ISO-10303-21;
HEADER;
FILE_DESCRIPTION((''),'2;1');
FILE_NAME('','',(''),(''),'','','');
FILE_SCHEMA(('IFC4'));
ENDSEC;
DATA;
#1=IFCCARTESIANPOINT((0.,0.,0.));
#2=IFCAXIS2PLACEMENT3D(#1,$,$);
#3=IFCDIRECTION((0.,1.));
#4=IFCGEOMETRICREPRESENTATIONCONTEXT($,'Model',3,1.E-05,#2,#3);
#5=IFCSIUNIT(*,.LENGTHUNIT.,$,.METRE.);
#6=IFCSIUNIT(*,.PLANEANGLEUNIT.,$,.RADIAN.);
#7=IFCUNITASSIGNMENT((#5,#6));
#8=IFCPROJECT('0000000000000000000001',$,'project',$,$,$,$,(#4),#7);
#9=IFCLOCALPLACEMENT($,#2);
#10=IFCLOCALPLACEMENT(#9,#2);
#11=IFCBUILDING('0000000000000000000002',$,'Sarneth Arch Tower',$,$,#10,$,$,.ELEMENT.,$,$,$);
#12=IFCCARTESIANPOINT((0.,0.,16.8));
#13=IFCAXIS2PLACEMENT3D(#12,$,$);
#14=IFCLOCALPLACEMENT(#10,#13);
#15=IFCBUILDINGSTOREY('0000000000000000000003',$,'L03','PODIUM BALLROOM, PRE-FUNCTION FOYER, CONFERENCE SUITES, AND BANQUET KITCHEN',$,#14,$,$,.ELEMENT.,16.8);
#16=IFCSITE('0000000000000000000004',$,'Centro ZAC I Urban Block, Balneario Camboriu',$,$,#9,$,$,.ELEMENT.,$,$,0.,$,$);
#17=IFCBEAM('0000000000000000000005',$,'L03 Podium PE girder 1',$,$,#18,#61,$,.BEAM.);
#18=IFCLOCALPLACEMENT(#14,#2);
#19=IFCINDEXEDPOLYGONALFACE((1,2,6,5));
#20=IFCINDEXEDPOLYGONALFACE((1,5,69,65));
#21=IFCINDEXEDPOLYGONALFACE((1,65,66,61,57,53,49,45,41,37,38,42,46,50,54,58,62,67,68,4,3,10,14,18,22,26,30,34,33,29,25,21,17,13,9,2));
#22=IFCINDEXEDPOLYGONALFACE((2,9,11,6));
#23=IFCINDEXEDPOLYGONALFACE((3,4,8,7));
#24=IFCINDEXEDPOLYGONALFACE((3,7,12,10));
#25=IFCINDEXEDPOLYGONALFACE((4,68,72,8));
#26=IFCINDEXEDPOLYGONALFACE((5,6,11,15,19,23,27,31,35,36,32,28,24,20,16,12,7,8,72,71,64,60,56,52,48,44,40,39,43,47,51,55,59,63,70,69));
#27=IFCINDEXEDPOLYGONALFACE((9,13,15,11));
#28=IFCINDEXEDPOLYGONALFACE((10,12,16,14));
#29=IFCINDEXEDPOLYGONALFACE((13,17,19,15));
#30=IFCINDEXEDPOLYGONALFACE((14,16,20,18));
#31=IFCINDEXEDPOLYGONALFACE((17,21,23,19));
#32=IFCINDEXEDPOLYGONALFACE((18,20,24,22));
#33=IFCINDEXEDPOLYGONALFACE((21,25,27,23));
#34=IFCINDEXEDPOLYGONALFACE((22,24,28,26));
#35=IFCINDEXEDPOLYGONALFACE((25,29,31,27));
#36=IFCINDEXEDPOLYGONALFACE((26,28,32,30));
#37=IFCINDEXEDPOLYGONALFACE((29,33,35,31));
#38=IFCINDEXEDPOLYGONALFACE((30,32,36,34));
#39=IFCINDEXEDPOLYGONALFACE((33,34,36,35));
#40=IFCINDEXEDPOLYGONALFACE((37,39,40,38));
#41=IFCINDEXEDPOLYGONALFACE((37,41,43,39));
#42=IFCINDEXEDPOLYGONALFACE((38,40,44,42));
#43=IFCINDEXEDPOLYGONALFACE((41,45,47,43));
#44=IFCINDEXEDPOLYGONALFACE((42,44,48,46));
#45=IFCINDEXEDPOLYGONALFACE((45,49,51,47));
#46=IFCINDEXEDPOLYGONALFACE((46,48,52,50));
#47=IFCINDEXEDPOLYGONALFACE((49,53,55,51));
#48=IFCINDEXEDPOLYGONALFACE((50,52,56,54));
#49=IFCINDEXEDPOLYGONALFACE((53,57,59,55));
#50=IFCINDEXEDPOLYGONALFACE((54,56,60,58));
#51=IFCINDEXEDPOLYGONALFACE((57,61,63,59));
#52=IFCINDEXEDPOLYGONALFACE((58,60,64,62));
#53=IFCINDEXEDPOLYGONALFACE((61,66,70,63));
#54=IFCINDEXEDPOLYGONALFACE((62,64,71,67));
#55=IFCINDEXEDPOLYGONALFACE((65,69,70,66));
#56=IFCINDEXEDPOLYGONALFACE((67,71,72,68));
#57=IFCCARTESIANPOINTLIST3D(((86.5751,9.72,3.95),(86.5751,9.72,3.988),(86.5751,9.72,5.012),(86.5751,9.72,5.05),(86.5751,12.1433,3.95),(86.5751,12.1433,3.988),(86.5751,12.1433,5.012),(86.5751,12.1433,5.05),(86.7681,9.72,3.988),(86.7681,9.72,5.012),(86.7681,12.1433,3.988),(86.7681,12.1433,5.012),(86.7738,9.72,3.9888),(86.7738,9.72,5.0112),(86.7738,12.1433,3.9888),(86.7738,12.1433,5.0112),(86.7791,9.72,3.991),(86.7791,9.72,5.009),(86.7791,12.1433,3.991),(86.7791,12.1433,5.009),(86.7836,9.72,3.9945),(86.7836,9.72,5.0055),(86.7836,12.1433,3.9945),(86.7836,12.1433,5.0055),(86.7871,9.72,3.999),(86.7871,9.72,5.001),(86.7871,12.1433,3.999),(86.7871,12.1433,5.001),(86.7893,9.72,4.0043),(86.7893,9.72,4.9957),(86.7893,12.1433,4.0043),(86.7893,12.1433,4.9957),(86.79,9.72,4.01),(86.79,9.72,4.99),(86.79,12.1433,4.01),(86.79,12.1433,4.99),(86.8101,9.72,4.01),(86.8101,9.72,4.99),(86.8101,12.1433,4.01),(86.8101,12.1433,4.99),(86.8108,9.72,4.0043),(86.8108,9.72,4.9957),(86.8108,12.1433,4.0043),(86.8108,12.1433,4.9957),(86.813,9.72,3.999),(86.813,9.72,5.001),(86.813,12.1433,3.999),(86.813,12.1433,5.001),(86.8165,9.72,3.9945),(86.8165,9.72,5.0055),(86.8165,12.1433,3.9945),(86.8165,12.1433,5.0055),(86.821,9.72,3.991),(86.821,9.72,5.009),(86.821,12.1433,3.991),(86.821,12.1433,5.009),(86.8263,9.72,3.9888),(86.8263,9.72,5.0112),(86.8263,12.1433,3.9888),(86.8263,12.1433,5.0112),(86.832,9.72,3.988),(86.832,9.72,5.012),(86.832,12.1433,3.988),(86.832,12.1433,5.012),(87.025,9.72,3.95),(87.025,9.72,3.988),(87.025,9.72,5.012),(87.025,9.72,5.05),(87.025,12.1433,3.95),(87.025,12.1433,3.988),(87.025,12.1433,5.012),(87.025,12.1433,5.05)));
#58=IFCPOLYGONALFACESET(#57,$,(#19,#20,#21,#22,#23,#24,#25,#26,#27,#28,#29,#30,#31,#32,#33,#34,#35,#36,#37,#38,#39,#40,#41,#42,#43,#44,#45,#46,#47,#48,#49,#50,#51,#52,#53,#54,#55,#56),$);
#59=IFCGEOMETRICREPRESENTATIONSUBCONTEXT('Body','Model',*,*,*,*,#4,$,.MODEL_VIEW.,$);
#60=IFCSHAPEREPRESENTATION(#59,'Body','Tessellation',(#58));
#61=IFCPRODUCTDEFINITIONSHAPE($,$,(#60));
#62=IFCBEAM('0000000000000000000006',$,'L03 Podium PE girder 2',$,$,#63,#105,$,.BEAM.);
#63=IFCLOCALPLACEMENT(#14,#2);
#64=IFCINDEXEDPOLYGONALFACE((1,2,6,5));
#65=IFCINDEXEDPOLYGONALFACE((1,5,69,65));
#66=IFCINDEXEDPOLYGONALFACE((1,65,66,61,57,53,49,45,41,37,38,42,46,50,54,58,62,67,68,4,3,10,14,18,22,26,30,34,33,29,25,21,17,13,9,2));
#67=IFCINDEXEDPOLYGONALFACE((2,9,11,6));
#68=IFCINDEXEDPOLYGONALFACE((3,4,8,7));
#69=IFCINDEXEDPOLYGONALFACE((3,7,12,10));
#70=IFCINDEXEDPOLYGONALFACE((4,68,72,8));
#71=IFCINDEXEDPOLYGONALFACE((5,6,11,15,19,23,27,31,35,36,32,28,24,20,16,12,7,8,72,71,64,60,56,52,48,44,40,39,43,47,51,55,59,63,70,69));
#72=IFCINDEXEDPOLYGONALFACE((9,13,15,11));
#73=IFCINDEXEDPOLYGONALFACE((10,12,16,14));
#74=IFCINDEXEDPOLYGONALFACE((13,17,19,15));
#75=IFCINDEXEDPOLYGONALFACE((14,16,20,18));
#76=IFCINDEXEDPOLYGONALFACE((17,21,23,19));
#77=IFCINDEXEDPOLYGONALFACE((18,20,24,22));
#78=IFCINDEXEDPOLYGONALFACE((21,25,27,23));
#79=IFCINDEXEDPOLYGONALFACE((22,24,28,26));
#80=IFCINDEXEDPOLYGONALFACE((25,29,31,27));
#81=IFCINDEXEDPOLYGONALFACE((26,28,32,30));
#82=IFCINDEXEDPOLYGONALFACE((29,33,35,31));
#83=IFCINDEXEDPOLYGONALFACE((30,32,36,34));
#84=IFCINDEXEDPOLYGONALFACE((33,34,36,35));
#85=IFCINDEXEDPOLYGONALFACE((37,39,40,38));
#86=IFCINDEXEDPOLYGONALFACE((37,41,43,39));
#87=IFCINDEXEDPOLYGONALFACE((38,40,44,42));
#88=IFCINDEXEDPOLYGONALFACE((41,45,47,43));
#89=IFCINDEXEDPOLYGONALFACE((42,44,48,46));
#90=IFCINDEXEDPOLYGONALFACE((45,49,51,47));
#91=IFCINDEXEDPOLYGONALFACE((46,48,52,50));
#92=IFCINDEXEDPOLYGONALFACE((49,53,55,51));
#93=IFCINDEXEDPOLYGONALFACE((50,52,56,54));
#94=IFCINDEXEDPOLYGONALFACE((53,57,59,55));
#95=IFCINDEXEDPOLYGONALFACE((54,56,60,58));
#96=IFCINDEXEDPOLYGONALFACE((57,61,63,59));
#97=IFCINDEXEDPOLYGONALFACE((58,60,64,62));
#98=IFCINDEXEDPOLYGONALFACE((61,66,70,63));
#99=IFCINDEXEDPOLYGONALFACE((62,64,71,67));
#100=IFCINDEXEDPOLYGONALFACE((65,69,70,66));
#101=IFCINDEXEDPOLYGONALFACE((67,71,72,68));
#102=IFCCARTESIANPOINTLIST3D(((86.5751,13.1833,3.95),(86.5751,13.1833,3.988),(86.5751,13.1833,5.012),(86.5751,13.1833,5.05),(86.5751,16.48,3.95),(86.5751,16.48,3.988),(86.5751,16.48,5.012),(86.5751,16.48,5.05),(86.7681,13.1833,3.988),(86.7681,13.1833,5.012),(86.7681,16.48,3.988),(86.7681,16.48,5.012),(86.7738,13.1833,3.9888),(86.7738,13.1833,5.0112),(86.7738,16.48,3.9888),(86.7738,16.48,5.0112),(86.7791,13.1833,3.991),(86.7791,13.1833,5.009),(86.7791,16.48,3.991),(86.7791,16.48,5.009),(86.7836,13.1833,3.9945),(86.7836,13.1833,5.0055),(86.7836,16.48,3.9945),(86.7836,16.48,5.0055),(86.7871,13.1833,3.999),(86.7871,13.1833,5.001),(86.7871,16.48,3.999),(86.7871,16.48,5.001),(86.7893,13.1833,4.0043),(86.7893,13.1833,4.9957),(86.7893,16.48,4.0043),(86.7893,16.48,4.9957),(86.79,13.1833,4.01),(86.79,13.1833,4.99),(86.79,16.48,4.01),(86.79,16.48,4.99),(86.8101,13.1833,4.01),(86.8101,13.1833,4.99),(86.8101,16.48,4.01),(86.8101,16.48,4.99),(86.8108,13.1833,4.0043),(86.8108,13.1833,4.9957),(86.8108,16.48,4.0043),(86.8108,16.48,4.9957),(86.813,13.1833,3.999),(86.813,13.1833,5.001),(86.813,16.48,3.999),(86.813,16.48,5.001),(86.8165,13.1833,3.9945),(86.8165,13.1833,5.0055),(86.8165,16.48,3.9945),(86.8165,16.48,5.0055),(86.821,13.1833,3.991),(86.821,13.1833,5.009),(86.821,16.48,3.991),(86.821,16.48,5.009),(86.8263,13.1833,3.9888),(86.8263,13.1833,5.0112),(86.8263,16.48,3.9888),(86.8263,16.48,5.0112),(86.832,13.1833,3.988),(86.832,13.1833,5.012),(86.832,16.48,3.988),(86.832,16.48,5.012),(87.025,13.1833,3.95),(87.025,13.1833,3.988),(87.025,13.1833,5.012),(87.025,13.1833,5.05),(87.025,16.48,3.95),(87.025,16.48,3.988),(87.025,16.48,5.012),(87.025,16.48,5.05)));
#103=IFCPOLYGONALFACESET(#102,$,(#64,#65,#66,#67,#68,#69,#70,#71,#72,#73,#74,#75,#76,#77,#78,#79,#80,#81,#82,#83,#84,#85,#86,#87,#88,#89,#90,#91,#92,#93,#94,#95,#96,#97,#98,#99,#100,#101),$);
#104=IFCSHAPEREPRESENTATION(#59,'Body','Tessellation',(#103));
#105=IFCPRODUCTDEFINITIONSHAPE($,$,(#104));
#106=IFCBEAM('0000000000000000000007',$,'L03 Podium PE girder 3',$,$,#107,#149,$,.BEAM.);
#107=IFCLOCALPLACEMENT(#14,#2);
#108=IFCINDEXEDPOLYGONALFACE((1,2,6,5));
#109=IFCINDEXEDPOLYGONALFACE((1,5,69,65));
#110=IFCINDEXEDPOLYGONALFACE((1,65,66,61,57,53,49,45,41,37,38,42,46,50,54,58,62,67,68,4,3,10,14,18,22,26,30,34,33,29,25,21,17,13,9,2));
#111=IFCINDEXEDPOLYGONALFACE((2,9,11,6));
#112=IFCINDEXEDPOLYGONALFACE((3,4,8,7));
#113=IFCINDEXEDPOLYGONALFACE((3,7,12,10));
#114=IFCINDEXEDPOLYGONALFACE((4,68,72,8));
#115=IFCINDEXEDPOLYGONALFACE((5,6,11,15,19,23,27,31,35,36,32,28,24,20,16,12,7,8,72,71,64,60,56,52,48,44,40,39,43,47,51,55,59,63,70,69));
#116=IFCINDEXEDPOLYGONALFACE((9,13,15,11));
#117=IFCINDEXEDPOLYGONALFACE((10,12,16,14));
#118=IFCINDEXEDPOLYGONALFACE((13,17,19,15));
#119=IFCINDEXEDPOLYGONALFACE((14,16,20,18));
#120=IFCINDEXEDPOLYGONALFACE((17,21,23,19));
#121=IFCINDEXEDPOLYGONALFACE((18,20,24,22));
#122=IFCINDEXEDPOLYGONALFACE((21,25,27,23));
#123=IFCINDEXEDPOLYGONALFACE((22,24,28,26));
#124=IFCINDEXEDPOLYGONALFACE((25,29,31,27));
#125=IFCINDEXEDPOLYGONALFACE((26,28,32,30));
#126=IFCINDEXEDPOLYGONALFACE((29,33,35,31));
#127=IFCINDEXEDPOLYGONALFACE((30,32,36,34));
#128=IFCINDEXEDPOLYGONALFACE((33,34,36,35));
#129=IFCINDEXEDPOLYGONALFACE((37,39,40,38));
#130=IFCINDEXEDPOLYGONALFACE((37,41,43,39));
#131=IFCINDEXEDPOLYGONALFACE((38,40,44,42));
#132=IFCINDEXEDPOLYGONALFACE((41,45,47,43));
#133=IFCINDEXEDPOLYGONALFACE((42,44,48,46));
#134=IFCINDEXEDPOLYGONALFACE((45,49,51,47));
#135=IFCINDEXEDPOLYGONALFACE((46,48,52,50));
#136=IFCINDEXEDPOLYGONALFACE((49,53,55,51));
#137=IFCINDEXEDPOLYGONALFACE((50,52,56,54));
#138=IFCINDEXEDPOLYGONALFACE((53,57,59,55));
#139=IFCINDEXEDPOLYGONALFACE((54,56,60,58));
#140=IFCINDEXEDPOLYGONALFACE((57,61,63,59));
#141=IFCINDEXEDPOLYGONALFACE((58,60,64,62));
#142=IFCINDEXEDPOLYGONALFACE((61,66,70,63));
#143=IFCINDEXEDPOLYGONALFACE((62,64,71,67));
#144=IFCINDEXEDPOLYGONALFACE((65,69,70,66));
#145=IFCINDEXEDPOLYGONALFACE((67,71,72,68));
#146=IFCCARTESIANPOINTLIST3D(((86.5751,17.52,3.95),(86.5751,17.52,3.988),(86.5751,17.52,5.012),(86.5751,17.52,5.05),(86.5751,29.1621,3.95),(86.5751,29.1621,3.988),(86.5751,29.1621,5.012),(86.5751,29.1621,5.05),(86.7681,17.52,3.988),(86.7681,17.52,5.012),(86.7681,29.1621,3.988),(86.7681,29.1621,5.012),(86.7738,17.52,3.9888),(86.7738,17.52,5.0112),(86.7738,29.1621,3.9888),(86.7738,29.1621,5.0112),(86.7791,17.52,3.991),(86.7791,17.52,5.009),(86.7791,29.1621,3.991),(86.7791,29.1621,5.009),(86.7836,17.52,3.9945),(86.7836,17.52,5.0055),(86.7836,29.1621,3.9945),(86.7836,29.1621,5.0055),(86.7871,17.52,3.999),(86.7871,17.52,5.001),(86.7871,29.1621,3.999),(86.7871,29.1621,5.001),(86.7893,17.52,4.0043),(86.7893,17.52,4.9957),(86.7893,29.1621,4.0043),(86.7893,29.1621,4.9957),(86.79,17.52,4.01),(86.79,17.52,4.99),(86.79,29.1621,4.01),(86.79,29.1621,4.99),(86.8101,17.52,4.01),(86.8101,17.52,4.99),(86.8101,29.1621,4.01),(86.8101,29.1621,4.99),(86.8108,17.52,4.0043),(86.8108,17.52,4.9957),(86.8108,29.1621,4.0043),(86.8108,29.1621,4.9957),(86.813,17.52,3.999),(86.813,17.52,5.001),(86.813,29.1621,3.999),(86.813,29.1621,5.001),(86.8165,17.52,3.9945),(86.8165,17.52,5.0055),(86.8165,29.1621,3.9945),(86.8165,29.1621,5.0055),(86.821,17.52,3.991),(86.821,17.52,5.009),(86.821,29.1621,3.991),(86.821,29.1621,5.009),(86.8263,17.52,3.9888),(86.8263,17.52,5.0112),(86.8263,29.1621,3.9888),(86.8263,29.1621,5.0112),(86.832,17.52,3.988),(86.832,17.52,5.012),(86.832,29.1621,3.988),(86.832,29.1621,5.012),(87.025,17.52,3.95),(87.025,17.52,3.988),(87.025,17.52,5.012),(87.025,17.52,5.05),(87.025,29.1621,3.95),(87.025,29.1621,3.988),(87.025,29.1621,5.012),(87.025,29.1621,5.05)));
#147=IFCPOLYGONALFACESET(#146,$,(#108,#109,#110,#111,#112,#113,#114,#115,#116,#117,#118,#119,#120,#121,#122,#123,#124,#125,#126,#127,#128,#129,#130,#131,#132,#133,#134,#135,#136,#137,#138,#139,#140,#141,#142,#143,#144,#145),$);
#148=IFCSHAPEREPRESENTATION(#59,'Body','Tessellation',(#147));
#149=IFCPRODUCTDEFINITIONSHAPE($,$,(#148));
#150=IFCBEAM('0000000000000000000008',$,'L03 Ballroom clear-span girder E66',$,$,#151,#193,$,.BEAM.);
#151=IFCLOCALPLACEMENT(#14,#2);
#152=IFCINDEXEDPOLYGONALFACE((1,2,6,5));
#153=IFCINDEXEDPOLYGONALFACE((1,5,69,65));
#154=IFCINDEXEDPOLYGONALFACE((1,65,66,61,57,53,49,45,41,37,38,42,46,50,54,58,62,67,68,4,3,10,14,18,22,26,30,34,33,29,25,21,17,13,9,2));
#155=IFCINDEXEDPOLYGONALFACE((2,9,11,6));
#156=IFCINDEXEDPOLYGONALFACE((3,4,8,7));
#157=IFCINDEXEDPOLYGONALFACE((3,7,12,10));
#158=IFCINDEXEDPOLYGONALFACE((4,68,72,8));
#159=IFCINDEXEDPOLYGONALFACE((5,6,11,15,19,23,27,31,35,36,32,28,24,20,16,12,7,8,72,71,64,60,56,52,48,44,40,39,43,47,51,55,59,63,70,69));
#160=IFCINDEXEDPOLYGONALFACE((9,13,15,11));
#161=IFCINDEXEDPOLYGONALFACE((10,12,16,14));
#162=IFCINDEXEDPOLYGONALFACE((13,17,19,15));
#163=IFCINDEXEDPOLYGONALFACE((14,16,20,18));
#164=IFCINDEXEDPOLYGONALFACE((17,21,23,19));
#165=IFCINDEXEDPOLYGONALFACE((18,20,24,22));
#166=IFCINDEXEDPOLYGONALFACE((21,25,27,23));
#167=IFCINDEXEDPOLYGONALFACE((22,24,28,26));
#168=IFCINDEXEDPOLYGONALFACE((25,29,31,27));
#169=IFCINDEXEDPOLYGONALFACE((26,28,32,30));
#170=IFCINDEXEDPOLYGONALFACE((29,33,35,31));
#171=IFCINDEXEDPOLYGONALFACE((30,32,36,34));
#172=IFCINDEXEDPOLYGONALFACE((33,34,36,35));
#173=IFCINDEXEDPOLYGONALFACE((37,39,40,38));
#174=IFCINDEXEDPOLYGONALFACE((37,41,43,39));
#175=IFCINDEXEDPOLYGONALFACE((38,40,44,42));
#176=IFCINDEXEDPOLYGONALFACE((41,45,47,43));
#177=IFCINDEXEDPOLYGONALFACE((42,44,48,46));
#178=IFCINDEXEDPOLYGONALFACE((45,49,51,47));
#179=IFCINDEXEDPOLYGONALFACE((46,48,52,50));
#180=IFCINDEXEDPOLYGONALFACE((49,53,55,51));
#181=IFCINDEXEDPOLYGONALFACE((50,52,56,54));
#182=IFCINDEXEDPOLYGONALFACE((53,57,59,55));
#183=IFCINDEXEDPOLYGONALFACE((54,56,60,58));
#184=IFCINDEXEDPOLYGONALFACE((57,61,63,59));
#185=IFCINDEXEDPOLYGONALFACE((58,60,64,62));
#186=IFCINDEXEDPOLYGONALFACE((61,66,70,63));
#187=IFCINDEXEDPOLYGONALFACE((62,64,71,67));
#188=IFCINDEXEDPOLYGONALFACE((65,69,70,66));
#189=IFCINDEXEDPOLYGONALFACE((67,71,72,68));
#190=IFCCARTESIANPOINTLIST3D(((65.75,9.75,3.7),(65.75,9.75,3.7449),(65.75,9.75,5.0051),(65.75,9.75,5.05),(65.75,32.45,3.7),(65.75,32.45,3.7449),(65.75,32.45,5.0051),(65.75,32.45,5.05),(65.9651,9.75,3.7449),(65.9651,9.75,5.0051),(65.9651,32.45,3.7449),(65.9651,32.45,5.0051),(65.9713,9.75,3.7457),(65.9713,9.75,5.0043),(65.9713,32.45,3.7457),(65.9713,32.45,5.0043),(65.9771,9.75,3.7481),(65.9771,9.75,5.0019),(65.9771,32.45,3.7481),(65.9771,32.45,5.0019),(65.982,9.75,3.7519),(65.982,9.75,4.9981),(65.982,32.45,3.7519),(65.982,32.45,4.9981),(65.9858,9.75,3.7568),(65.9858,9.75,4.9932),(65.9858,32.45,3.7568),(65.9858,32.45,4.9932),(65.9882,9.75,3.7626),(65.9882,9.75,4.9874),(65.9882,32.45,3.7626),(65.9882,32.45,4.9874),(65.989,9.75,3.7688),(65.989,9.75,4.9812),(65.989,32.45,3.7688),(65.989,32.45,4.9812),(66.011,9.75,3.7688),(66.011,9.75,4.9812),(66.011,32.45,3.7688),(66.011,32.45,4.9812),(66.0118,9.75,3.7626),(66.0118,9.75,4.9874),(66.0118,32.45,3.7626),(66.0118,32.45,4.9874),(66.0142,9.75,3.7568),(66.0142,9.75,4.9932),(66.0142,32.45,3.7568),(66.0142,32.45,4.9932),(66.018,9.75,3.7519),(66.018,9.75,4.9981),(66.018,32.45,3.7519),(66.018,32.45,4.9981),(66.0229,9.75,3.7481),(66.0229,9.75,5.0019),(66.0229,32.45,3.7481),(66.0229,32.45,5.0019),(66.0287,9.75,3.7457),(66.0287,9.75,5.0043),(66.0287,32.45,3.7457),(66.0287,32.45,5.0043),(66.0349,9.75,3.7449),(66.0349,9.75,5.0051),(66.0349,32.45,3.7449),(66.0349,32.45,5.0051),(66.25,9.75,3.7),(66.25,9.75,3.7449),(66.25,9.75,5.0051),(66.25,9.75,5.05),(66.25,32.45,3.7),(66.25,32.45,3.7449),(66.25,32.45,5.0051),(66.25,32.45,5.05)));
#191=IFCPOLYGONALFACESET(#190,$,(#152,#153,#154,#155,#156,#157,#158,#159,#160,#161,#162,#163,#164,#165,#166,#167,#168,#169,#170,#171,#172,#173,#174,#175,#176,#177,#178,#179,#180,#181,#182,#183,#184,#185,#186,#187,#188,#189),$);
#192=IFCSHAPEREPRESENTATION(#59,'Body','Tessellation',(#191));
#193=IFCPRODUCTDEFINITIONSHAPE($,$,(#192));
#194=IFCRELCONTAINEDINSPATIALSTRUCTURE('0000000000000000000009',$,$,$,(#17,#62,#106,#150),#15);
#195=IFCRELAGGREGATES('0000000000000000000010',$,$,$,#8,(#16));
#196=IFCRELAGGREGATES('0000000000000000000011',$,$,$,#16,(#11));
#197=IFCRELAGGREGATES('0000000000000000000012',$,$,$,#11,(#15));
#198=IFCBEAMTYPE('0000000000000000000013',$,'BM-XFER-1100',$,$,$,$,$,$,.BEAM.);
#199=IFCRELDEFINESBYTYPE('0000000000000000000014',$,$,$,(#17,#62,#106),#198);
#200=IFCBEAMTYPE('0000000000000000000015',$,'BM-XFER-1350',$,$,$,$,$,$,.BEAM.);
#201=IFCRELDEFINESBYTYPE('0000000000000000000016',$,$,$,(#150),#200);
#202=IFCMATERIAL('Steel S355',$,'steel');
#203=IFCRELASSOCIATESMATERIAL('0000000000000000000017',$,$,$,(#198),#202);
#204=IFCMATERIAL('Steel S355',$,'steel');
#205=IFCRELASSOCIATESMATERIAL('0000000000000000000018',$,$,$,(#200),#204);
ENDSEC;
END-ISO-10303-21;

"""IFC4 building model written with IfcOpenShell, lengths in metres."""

from ifc_helpers import new_model, si_unit, direction, frame, origin, origin_2d, place, context, subcontext, project, spatial, i_section, extrude, material, material_profile, profile_set, type_object, element, save


model = new_model("IFC4")

# Units and contexts
model_context = context("Model", 3, precision=1e-05, world=origin(), true_north=direction((0.0, 1.0)))
body_context = subcontext(model_context, "Body", "Model", "MODEL_VIEW")
ifc_project = project(units=[si_unit("LENGTHUNIT", "METRE"), si_unit("PLANEANGLEUNIT", "RADIAN")], contexts=[model_context])

# Site, building, storey
site_placement = place(None, origin())
site = spatial("IfcSite", under=ifc_project, at=site_placement, Name="Centro ZAC I Urban Block, Balneario Camboriu", CompositionType="ELEMENT", RefElevation=0.0)
building_placement = place(site_placement, origin())
building = spatial("IfcBuilding", under=site, at=building_placement, Name="Sarneth Arch Tower", CompositionType="ELEMENT")
storey_placement = place(building_placement, frame((0.0, 0.0, 16.8)))
storey = spatial("IfcBuildingStorey", under=building, at=storey_placement, Name="L03", Description="PODIUM BALLROOM, PRE-FUNCTION FOYER, CONFERENCE SUITES, AND BANQUET KITCHEN", CompositionType="ELEMENT", Elevation=16.8)

# Beams
ifc_material_1 = material(Name="Steel S355", Category="steel")
ifc_material_profile_1 = material_profile(ifc_material_1, i_section(OverallWidth=0.45, OverallDepth=1.1001, WebThickness=0.02, FlangeThickness=0.0381, FilletRadius=0.022, at=origin_2d()), Name="CVS1100x456")
ifc_profile_set_1 = profile_set([ifc_material_profile_1], Name="Steel S355")
beam_type_1 = type_object("IfcBeamType", Name="BM-XFER-1100", PredefinedType="BEAM", material=ifc_profile_set_1)
beam_1_placement = place(storey_placement, frame((86.8, 9.72, 4.5), z_axis=(0.0, 1.0, 0.0), x_axis=(-1.0, 0.0, 0.0)))
element("IfcBeam", 1, at=beam_1_placement, inside=storey, type_object=beam_type_1, Name="L03 Podium PE girder 1", PredefinedType="BEAM", context=body_context, shape_type="SweptSolid", body=[
    extrude(i_section(OverallWidth=0.45, OverallDepth=1.1001, WebThickness=0.02, FlangeThickness=0.0381, FilletRadius=0.022, at=origin_2d()), origin(), (0.0, 0.0, 1.0), 2.4233),
])
beam_2_placement = place(storey_placement, frame((86.8, 13.1833, 4.5), z_axis=(0.0, 1.0, 0.0), x_axis=(-1.0, 0.0, 0.0)))
element("IfcBeam", 2, at=beam_2_placement, inside=storey, type_object=beam_type_1, Name="L03 Podium PE girder 2", PredefinedType="BEAM", context=body_context, shape_type="SweptSolid", body=[
    extrude(i_section(OverallWidth=0.45, OverallDepth=1.1001, WebThickness=0.02, FlangeThickness=0.0381, FilletRadius=0.022, at=origin_2d()), origin(), (0.0, 0.0, 1.0), 3.2966),
])
beam_3_placement = place(storey_placement, frame((86.8, 17.52, 4.5), z_axis=(0.0, 1.0, 0.0), x_axis=(-1.0, 0.0, 0.0)))
element("IfcBeam", 3, at=beam_3_placement, inside=storey, type_object=beam_type_1, Name="L03 Podium PE girder 3", PredefinedType="BEAM", context=body_context, shape_type="SweptSolid", body=[
    extrude(i_section(OverallWidth=0.45, OverallDepth=1.1001, WebThickness=0.02, FlangeThickness=0.0381, FilletRadius=0.022, at=origin_2d()), origin(), (0.0, 0.0, 1.0), 11.6421),
])
ifc_material_2 = material(Name="Steel S355", Category="steel")
ifc_material_profile_2 = material_profile(ifc_material_2, i_section(OverallWidth=0.5, OverallDepth=1.3501, WebThickness=0.022, FlangeThickness=0.0449, FilletRadius=0.0239, at=origin_2d()), Name="CVS1350x595")
ifc_profile_set_2 = profile_set([ifc_material_profile_2], Name="Steel S355")
beam_type_2 = type_object("IfcBeamType", Name="BM-XFER-1350", PredefinedType="BEAM", material=ifc_profile_set_2)
beam_4_placement = place(storey_placement, frame((66.0, 9.75, 4.375), z_axis=(0.0, 1.0, 0.0), x_axis=(-1.0, 0.0, 0.0)))
element("IfcBeam", 4, at=beam_4_placement, inside=storey, type_object=beam_type_2, Name="L03 Ballroom clear-span girder E66", PredefinedType="BEAM", context=body_context, shape_type="SweptSolid", body=[
    extrude(i_section(OverallWidth=0.5, OverallDepth=1.3501, WebThickness=0.022, FlangeThickness=0.0449, FilletRadius=0.0239, at=origin_2d()), origin(), (0.0, 0.0, 1.0), 22.7),
])

save(model, "model.ifc")
